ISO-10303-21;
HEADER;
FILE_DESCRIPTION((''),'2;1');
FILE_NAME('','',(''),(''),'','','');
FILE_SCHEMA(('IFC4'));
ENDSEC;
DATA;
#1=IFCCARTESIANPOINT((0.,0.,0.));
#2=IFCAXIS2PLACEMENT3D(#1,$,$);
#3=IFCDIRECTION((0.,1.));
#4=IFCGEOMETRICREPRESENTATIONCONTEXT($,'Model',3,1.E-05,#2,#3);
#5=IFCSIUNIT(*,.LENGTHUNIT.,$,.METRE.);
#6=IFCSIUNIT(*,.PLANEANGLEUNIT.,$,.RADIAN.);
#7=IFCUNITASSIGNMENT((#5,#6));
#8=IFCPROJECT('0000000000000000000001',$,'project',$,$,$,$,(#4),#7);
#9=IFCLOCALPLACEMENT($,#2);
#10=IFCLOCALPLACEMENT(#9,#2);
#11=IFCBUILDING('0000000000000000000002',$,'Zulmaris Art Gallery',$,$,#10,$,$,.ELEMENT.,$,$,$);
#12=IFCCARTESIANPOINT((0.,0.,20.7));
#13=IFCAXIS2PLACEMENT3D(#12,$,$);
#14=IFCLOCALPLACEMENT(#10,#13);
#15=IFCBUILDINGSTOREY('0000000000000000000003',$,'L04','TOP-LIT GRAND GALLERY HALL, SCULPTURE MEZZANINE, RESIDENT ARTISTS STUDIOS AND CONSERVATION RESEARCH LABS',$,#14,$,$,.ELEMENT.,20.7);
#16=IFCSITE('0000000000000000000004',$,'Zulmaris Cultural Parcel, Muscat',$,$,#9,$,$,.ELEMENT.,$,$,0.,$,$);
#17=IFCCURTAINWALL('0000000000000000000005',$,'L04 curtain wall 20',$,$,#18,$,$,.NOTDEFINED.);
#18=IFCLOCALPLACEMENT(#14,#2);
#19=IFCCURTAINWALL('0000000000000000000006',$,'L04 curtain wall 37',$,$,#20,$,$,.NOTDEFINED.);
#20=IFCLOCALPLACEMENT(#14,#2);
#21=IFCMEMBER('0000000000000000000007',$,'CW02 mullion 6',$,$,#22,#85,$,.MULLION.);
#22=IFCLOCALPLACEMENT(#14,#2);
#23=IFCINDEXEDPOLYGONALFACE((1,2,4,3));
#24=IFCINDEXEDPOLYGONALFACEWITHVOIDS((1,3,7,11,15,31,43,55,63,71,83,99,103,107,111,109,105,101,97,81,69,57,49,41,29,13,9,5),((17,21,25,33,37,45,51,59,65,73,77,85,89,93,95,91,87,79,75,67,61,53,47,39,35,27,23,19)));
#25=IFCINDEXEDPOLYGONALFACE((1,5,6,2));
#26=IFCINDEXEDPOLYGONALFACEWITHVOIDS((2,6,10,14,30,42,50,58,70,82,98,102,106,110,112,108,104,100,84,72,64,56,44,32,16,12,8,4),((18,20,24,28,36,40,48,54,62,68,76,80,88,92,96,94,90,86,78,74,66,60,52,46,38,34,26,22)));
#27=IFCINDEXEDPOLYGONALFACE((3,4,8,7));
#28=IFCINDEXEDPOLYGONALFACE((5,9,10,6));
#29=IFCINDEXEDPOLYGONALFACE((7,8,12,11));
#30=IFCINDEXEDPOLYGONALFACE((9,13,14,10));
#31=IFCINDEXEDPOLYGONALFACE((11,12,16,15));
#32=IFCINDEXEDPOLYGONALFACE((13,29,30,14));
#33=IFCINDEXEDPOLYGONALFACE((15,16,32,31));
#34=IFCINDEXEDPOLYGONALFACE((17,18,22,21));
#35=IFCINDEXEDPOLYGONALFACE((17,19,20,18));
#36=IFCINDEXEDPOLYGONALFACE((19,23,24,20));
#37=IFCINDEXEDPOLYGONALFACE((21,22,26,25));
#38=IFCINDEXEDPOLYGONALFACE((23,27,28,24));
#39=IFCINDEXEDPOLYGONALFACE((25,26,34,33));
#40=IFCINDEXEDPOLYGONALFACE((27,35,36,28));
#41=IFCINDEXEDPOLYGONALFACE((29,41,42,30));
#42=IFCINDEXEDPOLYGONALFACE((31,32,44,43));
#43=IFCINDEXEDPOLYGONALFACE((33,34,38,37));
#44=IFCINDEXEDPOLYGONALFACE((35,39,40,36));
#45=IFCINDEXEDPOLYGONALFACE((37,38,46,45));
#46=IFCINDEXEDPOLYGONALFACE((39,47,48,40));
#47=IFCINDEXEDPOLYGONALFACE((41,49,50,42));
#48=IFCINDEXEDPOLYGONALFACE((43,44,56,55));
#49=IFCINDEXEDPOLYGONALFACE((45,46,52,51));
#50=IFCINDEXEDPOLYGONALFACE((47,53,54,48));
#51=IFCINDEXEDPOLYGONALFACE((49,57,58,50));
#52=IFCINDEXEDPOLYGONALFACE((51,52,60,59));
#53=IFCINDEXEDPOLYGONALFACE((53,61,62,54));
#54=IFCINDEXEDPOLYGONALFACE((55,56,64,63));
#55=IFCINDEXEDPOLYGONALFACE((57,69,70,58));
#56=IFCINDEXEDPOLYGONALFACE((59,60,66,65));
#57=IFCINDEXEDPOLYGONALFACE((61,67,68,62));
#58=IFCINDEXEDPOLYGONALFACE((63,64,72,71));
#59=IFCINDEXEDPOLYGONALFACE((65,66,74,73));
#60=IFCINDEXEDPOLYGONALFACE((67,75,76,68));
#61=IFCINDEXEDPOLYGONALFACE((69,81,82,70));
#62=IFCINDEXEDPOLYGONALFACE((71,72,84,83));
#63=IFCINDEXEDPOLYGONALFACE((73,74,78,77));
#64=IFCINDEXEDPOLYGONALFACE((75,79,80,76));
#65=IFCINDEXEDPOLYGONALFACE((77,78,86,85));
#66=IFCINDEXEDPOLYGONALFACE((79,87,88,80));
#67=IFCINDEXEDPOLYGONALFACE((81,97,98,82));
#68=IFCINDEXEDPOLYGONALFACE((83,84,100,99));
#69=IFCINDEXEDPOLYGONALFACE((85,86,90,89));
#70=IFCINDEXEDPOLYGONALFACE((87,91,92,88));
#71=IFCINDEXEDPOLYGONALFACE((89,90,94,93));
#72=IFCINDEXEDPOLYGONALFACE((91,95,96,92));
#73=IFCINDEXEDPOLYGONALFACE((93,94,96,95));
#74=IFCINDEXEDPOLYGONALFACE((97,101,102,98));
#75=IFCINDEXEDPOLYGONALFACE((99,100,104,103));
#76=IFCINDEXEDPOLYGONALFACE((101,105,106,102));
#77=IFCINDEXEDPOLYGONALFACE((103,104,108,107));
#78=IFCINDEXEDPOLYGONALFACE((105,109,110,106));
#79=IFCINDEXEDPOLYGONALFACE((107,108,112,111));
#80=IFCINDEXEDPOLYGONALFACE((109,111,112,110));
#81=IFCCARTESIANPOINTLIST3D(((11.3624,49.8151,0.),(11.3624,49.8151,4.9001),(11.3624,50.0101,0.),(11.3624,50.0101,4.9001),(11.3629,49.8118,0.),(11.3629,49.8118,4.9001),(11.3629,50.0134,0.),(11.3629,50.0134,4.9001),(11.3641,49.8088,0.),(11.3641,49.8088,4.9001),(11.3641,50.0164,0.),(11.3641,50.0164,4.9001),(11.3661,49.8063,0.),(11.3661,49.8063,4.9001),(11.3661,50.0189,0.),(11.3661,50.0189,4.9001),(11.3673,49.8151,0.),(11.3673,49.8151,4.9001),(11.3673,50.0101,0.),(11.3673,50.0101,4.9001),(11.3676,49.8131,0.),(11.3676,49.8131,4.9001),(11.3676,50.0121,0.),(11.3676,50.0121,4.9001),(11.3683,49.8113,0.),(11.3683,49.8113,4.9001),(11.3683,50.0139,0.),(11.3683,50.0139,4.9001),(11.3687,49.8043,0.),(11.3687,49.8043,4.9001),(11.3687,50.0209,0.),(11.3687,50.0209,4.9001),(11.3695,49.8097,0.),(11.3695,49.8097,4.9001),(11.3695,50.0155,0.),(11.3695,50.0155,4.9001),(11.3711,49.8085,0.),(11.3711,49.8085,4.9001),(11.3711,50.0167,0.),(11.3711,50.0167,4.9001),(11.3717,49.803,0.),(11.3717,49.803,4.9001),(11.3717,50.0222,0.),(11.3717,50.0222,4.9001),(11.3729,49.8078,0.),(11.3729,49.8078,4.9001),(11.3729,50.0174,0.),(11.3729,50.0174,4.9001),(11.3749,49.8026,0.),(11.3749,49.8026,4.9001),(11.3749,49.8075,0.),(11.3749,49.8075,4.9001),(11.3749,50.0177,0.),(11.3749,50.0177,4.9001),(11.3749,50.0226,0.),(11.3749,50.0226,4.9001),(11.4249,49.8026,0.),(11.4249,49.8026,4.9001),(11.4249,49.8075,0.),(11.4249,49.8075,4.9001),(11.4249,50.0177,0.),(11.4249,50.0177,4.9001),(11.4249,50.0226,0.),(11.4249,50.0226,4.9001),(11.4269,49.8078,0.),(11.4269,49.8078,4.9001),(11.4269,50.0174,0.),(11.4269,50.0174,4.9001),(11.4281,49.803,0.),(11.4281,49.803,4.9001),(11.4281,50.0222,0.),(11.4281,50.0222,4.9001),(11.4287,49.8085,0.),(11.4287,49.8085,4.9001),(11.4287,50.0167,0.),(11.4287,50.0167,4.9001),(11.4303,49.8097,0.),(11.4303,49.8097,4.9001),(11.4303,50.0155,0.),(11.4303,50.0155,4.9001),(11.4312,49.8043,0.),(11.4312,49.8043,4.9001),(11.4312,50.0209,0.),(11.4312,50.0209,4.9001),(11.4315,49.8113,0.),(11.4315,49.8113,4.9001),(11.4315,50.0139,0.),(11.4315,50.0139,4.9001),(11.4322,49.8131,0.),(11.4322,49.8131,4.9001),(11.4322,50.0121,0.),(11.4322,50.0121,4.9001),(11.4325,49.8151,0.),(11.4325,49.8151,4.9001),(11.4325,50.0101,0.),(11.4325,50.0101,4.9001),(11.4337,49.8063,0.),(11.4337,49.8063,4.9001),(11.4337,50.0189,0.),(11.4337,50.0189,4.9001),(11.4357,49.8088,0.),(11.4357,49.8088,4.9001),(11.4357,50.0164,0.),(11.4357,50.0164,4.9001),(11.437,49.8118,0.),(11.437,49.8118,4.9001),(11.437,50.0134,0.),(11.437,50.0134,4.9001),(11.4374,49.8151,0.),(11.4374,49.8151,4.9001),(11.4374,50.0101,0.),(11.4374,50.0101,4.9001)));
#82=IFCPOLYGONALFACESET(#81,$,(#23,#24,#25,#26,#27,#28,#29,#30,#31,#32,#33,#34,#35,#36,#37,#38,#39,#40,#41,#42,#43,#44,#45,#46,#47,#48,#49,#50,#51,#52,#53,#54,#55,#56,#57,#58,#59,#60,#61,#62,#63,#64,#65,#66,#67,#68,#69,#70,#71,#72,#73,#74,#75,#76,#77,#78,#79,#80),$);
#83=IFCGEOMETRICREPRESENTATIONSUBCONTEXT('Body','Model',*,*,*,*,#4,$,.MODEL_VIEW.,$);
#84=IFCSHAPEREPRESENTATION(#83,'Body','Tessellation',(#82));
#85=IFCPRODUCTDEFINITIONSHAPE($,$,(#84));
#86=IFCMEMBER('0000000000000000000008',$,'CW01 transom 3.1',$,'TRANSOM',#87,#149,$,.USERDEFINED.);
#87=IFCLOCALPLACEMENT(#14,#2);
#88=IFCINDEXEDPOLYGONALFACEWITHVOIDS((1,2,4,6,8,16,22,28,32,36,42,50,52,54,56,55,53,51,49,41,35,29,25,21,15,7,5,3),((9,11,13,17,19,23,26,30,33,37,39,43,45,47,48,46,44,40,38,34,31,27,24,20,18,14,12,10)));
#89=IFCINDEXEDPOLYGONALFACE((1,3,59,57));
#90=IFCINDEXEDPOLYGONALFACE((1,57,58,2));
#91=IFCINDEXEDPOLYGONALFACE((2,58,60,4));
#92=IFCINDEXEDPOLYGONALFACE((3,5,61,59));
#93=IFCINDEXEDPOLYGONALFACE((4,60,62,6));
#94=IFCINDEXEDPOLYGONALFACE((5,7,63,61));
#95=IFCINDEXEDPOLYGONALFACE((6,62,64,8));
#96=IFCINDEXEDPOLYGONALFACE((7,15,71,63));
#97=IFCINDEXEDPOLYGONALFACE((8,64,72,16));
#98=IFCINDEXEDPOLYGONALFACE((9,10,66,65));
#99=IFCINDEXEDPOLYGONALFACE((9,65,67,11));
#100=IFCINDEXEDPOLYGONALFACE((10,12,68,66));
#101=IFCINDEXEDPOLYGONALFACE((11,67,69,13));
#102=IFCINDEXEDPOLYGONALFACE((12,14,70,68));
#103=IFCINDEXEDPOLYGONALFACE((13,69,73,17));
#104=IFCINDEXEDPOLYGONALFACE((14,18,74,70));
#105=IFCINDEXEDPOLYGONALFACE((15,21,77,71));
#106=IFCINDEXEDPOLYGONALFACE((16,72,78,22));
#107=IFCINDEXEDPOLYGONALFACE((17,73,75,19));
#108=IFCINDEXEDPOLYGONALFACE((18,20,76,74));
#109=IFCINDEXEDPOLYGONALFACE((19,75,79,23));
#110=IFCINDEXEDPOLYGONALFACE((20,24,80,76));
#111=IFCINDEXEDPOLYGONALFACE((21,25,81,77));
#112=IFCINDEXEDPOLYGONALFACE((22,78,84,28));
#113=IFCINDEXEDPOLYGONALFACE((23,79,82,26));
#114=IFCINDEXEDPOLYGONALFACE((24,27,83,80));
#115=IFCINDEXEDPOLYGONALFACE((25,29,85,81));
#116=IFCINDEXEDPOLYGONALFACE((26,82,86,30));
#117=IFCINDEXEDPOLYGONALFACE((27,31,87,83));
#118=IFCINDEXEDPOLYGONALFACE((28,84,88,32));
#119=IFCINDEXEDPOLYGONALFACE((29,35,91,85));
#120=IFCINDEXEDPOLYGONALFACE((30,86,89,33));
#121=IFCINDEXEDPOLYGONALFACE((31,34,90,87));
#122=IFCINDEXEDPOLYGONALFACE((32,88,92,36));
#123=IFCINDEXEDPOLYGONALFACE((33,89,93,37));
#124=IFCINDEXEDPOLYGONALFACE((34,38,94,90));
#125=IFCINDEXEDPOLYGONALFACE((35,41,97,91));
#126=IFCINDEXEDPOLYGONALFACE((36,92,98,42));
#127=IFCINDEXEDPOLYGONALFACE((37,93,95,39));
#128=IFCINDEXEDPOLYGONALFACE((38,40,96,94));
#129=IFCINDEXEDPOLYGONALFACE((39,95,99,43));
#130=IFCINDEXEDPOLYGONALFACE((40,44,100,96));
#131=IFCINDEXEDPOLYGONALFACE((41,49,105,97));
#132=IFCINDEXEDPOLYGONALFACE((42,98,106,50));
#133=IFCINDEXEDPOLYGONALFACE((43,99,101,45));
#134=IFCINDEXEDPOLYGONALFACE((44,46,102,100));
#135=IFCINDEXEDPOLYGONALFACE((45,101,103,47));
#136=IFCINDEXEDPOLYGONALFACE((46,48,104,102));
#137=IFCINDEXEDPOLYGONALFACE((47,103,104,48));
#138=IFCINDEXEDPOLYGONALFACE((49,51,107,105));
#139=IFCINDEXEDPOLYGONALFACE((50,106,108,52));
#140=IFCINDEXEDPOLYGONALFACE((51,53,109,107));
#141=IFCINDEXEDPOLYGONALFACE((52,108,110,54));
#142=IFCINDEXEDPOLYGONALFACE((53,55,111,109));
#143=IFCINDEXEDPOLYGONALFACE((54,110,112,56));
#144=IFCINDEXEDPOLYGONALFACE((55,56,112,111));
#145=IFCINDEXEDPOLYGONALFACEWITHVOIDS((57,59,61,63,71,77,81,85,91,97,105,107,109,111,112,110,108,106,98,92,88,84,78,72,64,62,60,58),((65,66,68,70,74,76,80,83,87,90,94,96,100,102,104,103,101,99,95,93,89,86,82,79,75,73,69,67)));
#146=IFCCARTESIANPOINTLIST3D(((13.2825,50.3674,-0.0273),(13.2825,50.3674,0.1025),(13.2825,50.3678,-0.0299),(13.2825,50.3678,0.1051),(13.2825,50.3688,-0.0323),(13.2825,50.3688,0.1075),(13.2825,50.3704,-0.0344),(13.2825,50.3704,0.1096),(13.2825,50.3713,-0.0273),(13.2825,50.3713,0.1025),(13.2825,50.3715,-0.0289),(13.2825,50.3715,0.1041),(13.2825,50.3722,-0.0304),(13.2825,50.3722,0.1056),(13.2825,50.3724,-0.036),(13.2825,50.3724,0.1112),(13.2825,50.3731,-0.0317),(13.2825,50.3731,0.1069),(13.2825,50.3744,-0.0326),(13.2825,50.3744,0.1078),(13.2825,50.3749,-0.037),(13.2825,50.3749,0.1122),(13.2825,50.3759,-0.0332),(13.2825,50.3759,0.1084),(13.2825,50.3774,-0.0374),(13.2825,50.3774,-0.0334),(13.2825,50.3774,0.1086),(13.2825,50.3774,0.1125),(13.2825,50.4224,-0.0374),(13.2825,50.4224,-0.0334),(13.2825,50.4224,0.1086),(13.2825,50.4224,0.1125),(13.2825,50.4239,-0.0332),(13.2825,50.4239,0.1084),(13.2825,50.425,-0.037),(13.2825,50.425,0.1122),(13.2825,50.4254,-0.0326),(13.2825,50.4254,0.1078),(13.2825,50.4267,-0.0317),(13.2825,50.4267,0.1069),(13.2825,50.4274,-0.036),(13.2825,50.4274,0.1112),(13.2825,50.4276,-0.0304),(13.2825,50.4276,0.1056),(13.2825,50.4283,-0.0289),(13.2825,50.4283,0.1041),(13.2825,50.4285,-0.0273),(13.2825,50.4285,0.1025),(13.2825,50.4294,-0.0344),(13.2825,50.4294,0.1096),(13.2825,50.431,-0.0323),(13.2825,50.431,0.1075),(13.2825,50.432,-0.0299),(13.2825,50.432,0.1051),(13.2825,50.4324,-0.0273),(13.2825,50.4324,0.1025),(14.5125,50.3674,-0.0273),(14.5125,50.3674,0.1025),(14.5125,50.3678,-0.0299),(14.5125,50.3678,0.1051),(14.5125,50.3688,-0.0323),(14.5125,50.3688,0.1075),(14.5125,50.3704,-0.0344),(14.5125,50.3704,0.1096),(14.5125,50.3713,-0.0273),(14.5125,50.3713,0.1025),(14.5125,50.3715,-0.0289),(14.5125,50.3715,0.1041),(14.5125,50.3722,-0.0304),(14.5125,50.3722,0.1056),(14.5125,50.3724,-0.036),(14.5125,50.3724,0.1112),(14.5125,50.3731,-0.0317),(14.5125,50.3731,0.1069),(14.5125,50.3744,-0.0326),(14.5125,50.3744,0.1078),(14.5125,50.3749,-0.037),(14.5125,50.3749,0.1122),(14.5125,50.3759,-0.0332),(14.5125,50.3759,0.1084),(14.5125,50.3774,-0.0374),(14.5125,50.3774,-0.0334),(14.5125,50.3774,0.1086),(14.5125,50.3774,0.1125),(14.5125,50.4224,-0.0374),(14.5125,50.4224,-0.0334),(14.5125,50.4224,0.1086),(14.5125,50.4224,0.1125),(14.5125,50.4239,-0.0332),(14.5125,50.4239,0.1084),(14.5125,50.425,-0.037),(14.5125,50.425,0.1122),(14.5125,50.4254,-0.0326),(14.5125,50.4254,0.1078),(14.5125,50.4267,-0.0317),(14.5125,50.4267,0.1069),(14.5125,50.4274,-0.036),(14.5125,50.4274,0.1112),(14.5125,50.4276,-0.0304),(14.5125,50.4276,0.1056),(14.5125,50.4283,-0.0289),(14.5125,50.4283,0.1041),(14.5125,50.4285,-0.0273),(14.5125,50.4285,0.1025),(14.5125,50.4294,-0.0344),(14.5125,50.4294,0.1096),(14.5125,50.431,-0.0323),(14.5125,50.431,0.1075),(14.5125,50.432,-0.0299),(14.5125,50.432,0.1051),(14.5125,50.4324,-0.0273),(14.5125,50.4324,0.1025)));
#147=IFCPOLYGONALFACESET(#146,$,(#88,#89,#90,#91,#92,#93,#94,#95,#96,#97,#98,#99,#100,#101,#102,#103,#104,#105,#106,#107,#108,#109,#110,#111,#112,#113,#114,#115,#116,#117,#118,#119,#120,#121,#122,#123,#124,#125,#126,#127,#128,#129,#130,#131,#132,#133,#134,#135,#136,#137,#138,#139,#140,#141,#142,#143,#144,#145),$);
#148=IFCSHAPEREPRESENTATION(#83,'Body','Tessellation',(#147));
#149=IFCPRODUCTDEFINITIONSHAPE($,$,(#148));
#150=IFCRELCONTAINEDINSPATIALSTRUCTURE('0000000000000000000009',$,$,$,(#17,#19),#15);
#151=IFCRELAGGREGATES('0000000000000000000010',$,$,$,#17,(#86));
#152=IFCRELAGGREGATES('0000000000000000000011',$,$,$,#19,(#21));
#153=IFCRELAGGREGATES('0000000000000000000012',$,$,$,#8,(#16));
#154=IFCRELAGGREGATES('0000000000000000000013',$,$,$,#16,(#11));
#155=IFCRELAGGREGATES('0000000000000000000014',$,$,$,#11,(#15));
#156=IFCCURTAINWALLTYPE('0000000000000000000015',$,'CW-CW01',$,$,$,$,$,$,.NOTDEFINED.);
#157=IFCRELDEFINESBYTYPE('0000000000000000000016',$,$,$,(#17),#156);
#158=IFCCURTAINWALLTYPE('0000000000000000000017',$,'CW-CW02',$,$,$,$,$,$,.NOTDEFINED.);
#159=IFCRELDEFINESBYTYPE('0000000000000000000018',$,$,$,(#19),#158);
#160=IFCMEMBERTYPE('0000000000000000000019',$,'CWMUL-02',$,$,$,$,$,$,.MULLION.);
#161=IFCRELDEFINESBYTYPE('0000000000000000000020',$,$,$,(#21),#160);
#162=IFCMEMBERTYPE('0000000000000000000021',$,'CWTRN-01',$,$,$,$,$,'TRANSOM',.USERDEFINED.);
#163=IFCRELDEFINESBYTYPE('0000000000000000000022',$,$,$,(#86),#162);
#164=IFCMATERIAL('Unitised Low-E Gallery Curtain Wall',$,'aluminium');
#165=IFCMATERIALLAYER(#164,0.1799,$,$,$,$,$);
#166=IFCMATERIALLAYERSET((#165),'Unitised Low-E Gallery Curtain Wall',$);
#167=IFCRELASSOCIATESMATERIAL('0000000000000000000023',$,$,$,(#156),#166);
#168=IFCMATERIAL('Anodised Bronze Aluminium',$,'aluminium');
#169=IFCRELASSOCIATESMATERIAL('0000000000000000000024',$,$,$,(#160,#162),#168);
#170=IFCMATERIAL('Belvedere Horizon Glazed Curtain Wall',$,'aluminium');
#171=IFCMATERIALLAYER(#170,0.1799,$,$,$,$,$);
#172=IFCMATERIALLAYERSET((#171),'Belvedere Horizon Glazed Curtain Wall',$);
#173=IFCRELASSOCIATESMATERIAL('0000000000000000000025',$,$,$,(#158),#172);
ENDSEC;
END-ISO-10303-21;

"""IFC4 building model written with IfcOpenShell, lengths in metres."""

from ifc_helpers import new_model, si_unit, direction, frame, origin, origin_2d, place, context, subcontext, project, spatial, hollow_rectangle, extrude, material, layer, layer_set, material_profile, profile_set, type_object, element, aggregate, save


model = new_model("IFC4")

# Units and contexts
model_context = context("Model", 3, precision=1e-05, world=origin(), true_north=direction((0.0, 1.0)))
body_context = subcontext(model_context, "Body", "Model", "MODEL_VIEW")
ifc_project = project(units=[si_unit("LENGTHUNIT", "METRE"), si_unit("PLANEANGLEUNIT", "RADIAN")], contexts=[model_context])

# Site, building, storey
site_placement = place(None, origin())
site = spatial("IfcSite", under=ifc_project, at=site_placement, Name="Zulmaris Cultural Parcel, Muscat", CompositionType="ELEMENT", RefElevation=0.0)
building_placement = place(site_placement, origin())
building = spatial("IfcBuilding", under=site, at=building_placement, Name="Zulmaris Art Gallery", CompositionType="ELEMENT")
storey_placement = place(building_placement, frame((0.0, 0.0, 20.7)))
storey = spatial("IfcBuildingStorey", under=building, at=storey_placement, Name="L04", Description="TOP-LIT GRAND GALLERY HALL, SCULPTURE MEZZANINE, RESIDENT ARTISTS STUDIOS AND CONSERVATION RESEARCH LABS", CompositionType="ELEMENT", Elevation=20.7)

# Curtain wall
ifc_material_1 = material(Name="Unitised Low-E Gallery Curtain Wall", Category="aluminium")
ifc_layer_1 = layer(ifc_material_1, 0.1799)
ifc_layer_set_1 = layer_set([ifc_layer_1], Name="Unitised Low-E Gallery Curtain Wall")
curtain_wall_type_1 = type_object("IfcCurtainWallType", Name="CW-CW01", PredefinedType="NOTDEFINED", material=ifc_layer_set_1)
curtain_wall_1_placement = place(storey_placement, origin())
curtain_wall_1 = element("IfcCurtainWall", 1, at=curtain_wall_1_placement, inside=storey, type_object=curtain_wall_type_1, Name="L04 curtain wall 20", PredefinedType="NOTDEFINED")
ifc_material_2 = material(Name="Anodised Bronze Aluminium", Category="aluminium")
ifc_material_profile_1 = material_profile(ifc_material_2, hollow_rectangle(XDim=0.075, YDim=0.22, WallThickness=0.0049, InnerFilletRadius=0.0076, OuterFilletRadius=0.0125, at=origin_2d()), Name="ALU 75x220x5")
ifc_profile_set_1 = profile_set([ifc_material_profile_1], Name="Anodised Bronze Aluminium")
member_type_1 = type_object("IfcMemberType", Name="CWMUL-02", PredefinedType="MULLION", material=ifc_profile_set_1)

# Curtain wall, member
ifc_material_3 = material(Name="Belvedere Horizon Glazed Curtain Wall", Category="aluminium")
ifc_layer_2 = layer(ifc_material_3, 0.1799)
ifc_layer_set_2 = layer_set([ifc_layer_2], Name="Belvedere Horizon Glazed Curtain Wall")
curtain_wall_type_2 = type_object("IfcCurtainWallType", Name="CW-CW02", PredefinedType="NOTDEFINED", material=ifc_layer_set_2)
curtain_wall_2_placement = place(storey_placement, origin())
curtain_wall_2 = element("IfcCurtainWall", 2, at=curtain_wall_2_placement, inside=storey, type_object=curtain_wall_type_2, Name="L04 curtain wall 37", PredefinedType="NOTDEFINED")
member_1_placement = place(storey_placement, frame((11.3999, 49.9126, 0.0), z_axis=(0.0, 0.0, 1.0), x_axis=(-1.0, 0.0, 0.0)))
member_1 = element("IfcMember", 3, at=member_1_placement, type_object=member_type_1, Name="CW02 mullion 6", PredefinedType="MULLION", context=body_context, shape_type="SweptSolid", body=[
    extrude(hollow_rectangle(XDim=0.075, YDim=0.22, WallThickness=0.0049, InnerFilletRadius=0.0076, OuterFilletRadius=0.0125, at=origin_2d()), origin(), (0.0, 0.0, 1.0), 4.9001),
])

# Member
ifc_material_profile_2 = material_profile(ifc_material_2, hollow_rectangle(XDim=0.0649, YDim=0.1499, WallThickness=0.0039, InnerFilletRadius=0.0061, OuterFilletRadius=0.01, at=origin_2d()), Name="ALU 65x150x4")
ifc_profile_set_2 = profile_set([ifc_material_profile_2], Name="Anodised Bronze Aluminium")
member_type_2 = type_object("IfcMemberType", Name="CWTRN-01", ElementType="TRANSOM", PredefinedType="USERDEFINED", material=ifc_profile_set_2)
member_2_placement = place(storey_placement, frame((14.5125, 50.3999, 0.0376), z_axis=(-1.0, 0.0, 0.0), x_axis=(0.0, -1.0, 0.0)))
member_2 = element("IfcMember", 4, at=member_2_placement, type_object=member_type_2, Name="CW01 transom 3.1", ObjectType="TRANSOM", PredefinedType="USERDEFINED", context=body_context, shape_type="SweptSolid", body=[
    extrude(hollow_rectangle(XDim=0.0649, YDim=0.1499, WallThickness=0.0039, InnerFilletRadius=0.0061, OuterFilletRadius=0.01, at=origin_2d()), origin(), (0.0, 0.0, 1.0), 1.23),
])

aggregate(curtain_wall_1, [member_2])
aggregate(curtain_wall_2, [member_1])

save(model, "model.ifc")
